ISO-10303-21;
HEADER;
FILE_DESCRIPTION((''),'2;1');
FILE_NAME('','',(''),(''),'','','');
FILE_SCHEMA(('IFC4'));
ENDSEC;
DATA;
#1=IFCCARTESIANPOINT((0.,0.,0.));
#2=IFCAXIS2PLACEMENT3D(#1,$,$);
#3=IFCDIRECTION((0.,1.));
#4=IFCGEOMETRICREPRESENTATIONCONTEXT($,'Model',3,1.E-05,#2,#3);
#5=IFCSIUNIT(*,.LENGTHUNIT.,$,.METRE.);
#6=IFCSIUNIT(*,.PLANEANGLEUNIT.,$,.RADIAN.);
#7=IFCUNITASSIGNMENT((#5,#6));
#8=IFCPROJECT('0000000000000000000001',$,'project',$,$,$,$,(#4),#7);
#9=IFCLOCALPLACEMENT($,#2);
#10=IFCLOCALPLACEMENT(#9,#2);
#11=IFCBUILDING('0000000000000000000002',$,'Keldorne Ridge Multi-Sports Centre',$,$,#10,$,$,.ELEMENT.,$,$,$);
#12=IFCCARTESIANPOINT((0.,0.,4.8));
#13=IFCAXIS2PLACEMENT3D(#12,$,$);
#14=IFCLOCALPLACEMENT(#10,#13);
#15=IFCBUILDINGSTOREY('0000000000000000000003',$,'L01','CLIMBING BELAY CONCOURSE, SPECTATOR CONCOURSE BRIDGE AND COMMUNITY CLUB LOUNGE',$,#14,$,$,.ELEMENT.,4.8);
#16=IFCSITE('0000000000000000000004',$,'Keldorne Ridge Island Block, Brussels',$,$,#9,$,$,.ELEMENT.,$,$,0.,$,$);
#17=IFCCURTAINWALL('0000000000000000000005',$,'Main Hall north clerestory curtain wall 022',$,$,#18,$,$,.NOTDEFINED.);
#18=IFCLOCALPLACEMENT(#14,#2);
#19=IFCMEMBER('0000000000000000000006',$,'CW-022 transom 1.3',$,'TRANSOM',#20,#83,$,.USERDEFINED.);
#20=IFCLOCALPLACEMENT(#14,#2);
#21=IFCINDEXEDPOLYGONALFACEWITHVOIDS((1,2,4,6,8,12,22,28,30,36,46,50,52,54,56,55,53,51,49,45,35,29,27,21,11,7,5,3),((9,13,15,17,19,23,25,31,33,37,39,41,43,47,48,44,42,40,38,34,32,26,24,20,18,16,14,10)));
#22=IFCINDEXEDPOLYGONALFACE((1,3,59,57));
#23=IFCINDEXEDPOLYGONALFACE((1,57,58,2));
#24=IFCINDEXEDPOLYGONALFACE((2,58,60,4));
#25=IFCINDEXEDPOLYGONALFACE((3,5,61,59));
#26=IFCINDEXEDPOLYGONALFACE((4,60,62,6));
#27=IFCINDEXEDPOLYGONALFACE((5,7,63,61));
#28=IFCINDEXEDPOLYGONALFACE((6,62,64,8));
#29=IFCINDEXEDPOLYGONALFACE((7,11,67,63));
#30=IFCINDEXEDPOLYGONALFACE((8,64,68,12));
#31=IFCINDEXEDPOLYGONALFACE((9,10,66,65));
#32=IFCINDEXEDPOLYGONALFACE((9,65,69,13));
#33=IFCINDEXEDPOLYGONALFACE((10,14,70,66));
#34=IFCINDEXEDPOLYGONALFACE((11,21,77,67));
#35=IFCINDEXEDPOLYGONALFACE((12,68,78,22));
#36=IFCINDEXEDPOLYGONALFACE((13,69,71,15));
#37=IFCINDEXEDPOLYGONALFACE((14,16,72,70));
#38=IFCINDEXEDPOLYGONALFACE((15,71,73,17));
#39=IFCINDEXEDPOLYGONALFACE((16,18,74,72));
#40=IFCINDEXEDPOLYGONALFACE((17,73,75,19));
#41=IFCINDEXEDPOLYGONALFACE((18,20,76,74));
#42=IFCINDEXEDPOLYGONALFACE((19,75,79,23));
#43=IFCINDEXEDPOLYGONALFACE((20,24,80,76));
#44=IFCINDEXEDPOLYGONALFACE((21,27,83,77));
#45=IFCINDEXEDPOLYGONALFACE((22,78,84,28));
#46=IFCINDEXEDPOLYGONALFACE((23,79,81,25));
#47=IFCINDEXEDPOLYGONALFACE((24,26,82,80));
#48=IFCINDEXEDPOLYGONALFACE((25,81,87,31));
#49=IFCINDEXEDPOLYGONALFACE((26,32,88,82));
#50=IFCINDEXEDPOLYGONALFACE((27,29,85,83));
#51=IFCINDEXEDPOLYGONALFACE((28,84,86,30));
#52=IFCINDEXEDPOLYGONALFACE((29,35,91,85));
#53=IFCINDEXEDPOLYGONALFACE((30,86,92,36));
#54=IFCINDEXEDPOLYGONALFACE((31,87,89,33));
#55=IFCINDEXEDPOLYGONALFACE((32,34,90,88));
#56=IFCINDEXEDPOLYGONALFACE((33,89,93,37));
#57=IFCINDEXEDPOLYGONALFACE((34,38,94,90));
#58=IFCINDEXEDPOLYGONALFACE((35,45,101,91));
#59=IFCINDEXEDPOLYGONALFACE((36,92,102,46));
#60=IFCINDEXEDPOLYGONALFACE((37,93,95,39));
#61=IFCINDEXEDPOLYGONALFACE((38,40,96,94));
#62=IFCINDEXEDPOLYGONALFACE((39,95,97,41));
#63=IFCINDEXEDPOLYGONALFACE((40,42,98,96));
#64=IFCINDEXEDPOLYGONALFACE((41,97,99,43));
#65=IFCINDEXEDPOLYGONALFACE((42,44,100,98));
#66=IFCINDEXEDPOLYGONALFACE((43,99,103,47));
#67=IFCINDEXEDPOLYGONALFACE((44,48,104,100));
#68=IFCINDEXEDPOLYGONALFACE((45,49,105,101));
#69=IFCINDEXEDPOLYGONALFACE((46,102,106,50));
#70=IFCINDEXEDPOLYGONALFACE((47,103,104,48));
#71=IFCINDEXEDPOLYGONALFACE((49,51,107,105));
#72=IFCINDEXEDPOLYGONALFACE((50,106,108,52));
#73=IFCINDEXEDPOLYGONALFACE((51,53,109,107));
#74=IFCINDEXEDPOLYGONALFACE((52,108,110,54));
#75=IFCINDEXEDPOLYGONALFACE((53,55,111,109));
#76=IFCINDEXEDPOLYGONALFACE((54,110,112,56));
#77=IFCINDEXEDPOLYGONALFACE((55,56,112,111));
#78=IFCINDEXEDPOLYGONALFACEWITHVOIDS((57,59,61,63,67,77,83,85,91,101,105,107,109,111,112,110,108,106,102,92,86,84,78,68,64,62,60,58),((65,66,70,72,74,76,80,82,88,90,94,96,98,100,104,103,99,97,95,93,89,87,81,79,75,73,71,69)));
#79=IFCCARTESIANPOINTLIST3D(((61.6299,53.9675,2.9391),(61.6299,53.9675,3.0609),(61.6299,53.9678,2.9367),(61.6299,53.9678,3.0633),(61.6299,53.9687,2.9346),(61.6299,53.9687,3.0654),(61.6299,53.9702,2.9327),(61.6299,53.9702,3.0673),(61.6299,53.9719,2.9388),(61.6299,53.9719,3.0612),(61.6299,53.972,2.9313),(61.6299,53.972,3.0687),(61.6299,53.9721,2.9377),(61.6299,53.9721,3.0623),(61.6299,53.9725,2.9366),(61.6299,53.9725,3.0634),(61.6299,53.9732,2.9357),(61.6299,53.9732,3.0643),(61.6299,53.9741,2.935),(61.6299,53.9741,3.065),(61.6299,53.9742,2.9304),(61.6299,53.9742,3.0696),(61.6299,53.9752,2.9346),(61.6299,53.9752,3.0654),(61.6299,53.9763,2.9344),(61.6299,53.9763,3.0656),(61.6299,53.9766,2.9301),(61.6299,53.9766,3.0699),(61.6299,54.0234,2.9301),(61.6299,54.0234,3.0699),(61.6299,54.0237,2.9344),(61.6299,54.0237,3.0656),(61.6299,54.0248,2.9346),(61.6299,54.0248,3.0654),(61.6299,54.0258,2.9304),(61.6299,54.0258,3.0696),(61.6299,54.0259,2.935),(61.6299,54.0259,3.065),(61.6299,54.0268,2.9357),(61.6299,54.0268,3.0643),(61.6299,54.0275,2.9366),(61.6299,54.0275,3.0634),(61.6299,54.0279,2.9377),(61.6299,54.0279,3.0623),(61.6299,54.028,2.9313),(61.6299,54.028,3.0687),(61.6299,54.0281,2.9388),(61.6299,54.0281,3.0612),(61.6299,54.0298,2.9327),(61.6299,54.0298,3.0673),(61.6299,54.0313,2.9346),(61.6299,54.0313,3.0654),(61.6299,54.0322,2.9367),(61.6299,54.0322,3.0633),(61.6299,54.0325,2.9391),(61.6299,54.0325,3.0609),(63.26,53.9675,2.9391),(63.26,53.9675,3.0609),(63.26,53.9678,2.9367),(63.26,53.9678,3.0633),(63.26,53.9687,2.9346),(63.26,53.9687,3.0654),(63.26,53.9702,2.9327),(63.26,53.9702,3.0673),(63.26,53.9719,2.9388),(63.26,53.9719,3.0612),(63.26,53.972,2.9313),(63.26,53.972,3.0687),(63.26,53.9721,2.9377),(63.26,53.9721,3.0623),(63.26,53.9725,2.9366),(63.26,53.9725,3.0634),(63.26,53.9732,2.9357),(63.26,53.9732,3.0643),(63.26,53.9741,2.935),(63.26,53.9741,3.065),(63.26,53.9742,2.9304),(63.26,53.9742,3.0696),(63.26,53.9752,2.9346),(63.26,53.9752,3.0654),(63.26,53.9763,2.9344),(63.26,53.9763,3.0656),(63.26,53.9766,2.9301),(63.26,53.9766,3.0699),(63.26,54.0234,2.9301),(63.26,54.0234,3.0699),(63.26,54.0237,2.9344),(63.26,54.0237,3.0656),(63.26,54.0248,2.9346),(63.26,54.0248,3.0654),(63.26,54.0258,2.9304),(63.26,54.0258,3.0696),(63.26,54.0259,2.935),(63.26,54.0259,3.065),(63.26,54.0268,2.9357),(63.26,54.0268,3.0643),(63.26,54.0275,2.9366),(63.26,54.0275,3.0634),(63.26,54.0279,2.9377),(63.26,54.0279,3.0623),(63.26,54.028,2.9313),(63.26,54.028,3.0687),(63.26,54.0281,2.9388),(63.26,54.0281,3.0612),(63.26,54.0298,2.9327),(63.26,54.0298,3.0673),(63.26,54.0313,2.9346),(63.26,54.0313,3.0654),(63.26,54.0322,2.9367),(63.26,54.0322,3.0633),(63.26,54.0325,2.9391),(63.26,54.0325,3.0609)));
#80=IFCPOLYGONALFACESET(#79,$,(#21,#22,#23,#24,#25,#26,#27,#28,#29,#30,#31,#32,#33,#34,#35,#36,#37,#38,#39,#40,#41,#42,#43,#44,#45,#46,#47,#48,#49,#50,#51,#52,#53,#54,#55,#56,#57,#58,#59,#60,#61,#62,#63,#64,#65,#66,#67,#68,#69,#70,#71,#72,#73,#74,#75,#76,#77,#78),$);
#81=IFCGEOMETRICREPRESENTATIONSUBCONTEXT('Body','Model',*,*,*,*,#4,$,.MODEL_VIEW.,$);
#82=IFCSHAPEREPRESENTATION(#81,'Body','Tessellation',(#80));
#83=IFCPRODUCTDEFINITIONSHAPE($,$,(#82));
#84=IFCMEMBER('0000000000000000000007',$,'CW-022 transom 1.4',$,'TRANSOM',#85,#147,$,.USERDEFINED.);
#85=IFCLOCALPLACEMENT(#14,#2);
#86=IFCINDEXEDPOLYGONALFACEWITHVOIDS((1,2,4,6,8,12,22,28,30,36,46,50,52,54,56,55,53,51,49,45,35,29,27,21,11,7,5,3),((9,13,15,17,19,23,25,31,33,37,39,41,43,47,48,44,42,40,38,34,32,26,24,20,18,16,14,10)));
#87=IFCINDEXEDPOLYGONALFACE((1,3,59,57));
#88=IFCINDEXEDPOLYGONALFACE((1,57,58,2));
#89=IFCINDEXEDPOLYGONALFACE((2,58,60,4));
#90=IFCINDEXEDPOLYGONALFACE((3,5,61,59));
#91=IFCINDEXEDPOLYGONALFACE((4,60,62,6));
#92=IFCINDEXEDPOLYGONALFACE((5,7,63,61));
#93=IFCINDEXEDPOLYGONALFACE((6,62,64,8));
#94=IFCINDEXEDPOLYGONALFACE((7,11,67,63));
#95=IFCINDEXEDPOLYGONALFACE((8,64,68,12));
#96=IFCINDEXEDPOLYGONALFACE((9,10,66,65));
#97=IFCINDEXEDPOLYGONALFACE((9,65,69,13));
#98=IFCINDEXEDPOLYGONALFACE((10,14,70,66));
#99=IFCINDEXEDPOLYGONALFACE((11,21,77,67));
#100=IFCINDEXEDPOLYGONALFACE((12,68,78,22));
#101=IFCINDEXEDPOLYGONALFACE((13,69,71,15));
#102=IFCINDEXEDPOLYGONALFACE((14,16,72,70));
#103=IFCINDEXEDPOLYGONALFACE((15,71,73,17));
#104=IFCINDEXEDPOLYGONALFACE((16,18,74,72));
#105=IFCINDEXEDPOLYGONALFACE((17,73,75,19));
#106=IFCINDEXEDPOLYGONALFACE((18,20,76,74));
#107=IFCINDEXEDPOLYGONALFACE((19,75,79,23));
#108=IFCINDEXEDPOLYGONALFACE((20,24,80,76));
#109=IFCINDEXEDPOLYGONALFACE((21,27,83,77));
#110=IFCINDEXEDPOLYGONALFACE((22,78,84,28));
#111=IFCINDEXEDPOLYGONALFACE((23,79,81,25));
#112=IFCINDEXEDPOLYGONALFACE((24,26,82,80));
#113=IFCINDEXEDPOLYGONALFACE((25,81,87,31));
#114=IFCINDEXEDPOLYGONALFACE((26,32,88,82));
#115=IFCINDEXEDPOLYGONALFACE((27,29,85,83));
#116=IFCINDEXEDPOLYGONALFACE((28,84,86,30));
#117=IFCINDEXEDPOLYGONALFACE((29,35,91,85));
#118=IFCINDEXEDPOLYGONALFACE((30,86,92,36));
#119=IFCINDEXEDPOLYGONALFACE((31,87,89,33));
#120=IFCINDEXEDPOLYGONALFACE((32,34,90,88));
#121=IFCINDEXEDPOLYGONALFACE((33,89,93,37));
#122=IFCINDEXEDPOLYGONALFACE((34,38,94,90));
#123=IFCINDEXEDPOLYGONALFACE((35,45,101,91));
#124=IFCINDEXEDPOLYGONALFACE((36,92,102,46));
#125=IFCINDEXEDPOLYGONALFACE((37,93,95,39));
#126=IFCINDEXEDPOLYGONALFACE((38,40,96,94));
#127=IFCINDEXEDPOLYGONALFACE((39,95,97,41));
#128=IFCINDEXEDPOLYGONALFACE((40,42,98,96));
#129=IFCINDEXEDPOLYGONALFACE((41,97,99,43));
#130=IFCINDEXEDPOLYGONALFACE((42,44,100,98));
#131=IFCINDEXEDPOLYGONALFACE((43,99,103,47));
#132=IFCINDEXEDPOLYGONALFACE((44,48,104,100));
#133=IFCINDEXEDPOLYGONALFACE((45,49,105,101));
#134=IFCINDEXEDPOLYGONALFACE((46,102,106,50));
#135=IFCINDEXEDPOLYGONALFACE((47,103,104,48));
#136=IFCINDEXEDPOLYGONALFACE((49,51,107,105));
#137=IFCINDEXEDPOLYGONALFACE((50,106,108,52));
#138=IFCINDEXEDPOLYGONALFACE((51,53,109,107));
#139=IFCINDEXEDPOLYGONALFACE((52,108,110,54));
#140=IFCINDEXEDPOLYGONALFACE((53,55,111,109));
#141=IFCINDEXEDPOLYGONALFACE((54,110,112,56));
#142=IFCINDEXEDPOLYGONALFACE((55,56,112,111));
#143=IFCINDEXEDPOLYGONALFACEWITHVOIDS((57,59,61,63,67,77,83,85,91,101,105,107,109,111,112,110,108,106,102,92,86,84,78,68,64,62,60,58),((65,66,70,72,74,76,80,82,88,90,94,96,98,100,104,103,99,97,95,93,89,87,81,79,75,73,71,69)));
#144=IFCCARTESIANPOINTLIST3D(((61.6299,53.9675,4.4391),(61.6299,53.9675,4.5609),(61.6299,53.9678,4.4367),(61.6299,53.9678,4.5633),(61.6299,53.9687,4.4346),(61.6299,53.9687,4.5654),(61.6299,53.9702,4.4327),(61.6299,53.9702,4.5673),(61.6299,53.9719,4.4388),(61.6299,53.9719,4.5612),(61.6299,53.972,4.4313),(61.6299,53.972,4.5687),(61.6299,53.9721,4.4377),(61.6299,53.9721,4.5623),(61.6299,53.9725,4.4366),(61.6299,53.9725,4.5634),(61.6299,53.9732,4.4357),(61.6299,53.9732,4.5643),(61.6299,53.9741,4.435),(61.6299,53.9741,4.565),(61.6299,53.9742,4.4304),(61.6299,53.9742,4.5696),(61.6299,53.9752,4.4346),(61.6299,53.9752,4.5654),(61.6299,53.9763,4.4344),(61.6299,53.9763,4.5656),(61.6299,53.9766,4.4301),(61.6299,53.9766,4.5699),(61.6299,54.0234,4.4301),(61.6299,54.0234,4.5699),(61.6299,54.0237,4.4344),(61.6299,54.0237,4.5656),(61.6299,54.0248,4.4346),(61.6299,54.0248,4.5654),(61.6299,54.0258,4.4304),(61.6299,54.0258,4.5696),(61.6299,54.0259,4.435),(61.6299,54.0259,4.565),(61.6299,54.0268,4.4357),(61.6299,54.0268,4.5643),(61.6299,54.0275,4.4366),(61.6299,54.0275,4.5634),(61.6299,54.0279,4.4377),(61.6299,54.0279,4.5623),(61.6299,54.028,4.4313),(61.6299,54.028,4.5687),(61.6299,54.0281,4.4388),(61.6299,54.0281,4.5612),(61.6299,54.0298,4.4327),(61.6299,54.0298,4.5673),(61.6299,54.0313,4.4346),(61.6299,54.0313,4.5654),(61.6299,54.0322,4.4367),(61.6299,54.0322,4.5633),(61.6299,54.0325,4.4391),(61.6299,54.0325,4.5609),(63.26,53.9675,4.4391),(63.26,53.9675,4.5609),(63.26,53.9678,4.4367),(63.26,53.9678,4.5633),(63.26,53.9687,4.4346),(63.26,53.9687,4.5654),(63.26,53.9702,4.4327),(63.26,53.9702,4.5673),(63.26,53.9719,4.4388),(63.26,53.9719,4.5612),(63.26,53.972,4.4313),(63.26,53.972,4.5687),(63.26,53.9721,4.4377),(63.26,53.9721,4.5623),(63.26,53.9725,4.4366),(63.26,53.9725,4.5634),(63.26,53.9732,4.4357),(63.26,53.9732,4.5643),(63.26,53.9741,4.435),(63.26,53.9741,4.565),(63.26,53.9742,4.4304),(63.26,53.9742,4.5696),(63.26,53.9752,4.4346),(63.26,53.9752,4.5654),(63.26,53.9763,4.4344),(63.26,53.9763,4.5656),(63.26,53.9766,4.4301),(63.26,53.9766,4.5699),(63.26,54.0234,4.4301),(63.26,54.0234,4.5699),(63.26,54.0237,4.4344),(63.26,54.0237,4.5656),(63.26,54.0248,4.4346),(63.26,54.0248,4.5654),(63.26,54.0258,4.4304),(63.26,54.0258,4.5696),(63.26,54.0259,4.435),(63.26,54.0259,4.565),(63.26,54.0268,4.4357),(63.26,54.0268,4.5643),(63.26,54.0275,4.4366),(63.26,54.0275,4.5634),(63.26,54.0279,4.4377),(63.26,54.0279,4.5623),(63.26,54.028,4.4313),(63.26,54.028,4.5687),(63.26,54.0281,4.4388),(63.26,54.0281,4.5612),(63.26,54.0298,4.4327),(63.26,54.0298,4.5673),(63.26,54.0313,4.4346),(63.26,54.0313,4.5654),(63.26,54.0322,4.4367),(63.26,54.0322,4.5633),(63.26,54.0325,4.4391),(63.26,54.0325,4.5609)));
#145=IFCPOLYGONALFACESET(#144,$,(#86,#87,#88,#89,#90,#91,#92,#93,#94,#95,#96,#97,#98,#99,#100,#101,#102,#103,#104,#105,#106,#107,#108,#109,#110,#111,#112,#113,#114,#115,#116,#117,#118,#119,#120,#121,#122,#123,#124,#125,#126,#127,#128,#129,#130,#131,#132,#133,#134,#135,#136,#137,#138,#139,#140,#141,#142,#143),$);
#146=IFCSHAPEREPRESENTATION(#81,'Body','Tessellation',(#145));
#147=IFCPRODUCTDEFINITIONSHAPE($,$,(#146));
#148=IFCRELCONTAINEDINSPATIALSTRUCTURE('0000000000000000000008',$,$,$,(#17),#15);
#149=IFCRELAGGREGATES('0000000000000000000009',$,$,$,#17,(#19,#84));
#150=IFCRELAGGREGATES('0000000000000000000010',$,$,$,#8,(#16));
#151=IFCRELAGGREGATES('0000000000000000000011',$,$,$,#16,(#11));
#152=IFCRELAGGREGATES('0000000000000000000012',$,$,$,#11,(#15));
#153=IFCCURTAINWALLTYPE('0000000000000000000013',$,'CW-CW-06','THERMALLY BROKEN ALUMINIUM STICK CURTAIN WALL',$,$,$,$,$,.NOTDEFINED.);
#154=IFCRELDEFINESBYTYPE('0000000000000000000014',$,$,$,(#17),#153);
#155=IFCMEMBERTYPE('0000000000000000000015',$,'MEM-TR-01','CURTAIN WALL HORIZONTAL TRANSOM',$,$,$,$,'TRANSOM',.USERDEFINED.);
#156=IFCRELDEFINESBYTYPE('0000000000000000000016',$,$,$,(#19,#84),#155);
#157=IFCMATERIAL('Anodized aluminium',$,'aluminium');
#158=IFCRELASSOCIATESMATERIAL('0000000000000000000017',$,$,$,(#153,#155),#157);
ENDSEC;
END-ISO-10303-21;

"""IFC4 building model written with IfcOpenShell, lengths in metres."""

from ifc_helpers import new_model, si_unit, direction, frame, origin, origin_2d, place, context, subcontext, project, spatial, hollow_rectangle, extrude, material, material_profile, profile_set, type_object, element, aggregate, save


model = new_model("IFC4")

# Units and contexts
model_context = context("Model", 3, precision=1e-05, world=origin(), true_north=direction((0.0, 1.0)))
body_context = subcontext(model_context, "Body", "Model", "MODEL_VIEW")
ifc_project = project(units=[si_unit("LENGTHUNIT", "METRE"), si_unit("PLANEANGLEUNIT", "RADIAN")], contexts=[model_context])

# Site, building, storey
site_placement = place(None, origin())
site = spatial("IfcSite", under=ifc_project, at=site_placement, Name="Keldorne Ridge Island Block, Brussels", CompositionType="ELEMENT", RefElevation=0.0)
building_placement = place(site_placement, origin())
building = spatial("IfcBuilding", under=site, at=building_placement, Name="Keldorne Ridge Multi-Sports Centre", CompositionType="ELEMENT")
storey_placement = place(building_placement, frame((0.0, 0.0, 4.8)))
storey = spatial("IfcBuildingStorey", under=building, at=storey_placement, Name="L01", Description="CLIMBING BELAY CONCOURSE, SPECTATOR CONCOURSE BRIDGE AND COMMUNITY CLUB LOUNGE", CompositionType="ELEMENT", Elevation=4.8)

# Curtain wall
ifc_material_1 = material(Name="Anodized aluminium", Category="aluminium")
curtain_wall_type_1 = type_object("IfcCurtainWallType", Name="CW-CW-06", Description="THERMALLY BROKEN ALUMINIUM STICK CURTAIN WALL", PredefinedType="NOTDEFINED", material=ifc_material_1)
curtain_wall_1_placement = place(storey_placement, origin())
curtain_wall_1 = element("IfcCurtainWall", 1, at=curtain_wall_1_placement, inside=storey, type_object=curtain_wall_type_1, Name="Main Hall north clerestory curtain wall 022", PredefinedType="NOTDEFINED")

# Members
ifc_material_profile_1 = material_profile(ifc_material_1, hollow_rectangle(XDim=0.0649, YDim=0.1399, WallThickness=0.0044, InnerFilletRadius=0.0044, OuterFilletRadius=0.009, at=origin_2d()), Name="ALU TRANSOM 140x65x4.5")
ifc_profile_set_1 = profile_set([ifc_material_profile_1], Name="Anodized aluminium")
member_type_1 = type_object("IfcMemberType", Name="MEM-TR-01", Description="CURTAIN WALL HORIZONTAL TRANSOM", ElementType="TRANSOM", PredefinedType="USERDEFINED", material=ifc_profile_set_1)
member_1_placement = place(storey_placement, frame((63.26, 54.0, 3.0), z_axis=(-1.0, 0.0, 0.0), x_axis=(0.0, -1.0, 0.0)))
member_1 = element("IfcMember", 2, at=member_1_placement, type_object=member_type_1, Name="CW-022 transom 1.3", ObjectType="TRANSOM", PredefinedType="USERDEFINED", context=body_context, shape_type="SweptSolid", body=[
    extrude(hollow_rectangle(XDim=0.0649, YDim=0.1399, WallThickness=0.0044, InnerFilletRadius=0.0044, OuterFilletRadius=0.009, at=origin_2d()), origin(), (0.0, 0.0, 1.0), 1.6301),
])
member_2_placement = place(storey_placement, frame((63.26, 54.0, 4.5), z_axis=(-1.0, 0.0, 0.0), x_axis=(0.0, -1.0, 0.0)))
member_2 = element("IfcMember", 3, at=member_2_placement, type_object=member_type_1, Name="CW-022 transom 1.4", ObjectType="TRANSOM", PredefinedType="USERDEFINED", context=body_context, shape_type="SweptSolid", body=[
    extrude(hollow_rectangle(XDim=0.0649, YDim=0.1399, WallThickness=0.0044, InnerFilletRadius=0.0044, OuterFilletRadius=0.009, at=origin_2d()), origin(), (0.0, 0.0, 1.0), 1.6301),
])

aggregate(curtain_wall_1, [member_1, member_2])

save(model, "model.ifc")
